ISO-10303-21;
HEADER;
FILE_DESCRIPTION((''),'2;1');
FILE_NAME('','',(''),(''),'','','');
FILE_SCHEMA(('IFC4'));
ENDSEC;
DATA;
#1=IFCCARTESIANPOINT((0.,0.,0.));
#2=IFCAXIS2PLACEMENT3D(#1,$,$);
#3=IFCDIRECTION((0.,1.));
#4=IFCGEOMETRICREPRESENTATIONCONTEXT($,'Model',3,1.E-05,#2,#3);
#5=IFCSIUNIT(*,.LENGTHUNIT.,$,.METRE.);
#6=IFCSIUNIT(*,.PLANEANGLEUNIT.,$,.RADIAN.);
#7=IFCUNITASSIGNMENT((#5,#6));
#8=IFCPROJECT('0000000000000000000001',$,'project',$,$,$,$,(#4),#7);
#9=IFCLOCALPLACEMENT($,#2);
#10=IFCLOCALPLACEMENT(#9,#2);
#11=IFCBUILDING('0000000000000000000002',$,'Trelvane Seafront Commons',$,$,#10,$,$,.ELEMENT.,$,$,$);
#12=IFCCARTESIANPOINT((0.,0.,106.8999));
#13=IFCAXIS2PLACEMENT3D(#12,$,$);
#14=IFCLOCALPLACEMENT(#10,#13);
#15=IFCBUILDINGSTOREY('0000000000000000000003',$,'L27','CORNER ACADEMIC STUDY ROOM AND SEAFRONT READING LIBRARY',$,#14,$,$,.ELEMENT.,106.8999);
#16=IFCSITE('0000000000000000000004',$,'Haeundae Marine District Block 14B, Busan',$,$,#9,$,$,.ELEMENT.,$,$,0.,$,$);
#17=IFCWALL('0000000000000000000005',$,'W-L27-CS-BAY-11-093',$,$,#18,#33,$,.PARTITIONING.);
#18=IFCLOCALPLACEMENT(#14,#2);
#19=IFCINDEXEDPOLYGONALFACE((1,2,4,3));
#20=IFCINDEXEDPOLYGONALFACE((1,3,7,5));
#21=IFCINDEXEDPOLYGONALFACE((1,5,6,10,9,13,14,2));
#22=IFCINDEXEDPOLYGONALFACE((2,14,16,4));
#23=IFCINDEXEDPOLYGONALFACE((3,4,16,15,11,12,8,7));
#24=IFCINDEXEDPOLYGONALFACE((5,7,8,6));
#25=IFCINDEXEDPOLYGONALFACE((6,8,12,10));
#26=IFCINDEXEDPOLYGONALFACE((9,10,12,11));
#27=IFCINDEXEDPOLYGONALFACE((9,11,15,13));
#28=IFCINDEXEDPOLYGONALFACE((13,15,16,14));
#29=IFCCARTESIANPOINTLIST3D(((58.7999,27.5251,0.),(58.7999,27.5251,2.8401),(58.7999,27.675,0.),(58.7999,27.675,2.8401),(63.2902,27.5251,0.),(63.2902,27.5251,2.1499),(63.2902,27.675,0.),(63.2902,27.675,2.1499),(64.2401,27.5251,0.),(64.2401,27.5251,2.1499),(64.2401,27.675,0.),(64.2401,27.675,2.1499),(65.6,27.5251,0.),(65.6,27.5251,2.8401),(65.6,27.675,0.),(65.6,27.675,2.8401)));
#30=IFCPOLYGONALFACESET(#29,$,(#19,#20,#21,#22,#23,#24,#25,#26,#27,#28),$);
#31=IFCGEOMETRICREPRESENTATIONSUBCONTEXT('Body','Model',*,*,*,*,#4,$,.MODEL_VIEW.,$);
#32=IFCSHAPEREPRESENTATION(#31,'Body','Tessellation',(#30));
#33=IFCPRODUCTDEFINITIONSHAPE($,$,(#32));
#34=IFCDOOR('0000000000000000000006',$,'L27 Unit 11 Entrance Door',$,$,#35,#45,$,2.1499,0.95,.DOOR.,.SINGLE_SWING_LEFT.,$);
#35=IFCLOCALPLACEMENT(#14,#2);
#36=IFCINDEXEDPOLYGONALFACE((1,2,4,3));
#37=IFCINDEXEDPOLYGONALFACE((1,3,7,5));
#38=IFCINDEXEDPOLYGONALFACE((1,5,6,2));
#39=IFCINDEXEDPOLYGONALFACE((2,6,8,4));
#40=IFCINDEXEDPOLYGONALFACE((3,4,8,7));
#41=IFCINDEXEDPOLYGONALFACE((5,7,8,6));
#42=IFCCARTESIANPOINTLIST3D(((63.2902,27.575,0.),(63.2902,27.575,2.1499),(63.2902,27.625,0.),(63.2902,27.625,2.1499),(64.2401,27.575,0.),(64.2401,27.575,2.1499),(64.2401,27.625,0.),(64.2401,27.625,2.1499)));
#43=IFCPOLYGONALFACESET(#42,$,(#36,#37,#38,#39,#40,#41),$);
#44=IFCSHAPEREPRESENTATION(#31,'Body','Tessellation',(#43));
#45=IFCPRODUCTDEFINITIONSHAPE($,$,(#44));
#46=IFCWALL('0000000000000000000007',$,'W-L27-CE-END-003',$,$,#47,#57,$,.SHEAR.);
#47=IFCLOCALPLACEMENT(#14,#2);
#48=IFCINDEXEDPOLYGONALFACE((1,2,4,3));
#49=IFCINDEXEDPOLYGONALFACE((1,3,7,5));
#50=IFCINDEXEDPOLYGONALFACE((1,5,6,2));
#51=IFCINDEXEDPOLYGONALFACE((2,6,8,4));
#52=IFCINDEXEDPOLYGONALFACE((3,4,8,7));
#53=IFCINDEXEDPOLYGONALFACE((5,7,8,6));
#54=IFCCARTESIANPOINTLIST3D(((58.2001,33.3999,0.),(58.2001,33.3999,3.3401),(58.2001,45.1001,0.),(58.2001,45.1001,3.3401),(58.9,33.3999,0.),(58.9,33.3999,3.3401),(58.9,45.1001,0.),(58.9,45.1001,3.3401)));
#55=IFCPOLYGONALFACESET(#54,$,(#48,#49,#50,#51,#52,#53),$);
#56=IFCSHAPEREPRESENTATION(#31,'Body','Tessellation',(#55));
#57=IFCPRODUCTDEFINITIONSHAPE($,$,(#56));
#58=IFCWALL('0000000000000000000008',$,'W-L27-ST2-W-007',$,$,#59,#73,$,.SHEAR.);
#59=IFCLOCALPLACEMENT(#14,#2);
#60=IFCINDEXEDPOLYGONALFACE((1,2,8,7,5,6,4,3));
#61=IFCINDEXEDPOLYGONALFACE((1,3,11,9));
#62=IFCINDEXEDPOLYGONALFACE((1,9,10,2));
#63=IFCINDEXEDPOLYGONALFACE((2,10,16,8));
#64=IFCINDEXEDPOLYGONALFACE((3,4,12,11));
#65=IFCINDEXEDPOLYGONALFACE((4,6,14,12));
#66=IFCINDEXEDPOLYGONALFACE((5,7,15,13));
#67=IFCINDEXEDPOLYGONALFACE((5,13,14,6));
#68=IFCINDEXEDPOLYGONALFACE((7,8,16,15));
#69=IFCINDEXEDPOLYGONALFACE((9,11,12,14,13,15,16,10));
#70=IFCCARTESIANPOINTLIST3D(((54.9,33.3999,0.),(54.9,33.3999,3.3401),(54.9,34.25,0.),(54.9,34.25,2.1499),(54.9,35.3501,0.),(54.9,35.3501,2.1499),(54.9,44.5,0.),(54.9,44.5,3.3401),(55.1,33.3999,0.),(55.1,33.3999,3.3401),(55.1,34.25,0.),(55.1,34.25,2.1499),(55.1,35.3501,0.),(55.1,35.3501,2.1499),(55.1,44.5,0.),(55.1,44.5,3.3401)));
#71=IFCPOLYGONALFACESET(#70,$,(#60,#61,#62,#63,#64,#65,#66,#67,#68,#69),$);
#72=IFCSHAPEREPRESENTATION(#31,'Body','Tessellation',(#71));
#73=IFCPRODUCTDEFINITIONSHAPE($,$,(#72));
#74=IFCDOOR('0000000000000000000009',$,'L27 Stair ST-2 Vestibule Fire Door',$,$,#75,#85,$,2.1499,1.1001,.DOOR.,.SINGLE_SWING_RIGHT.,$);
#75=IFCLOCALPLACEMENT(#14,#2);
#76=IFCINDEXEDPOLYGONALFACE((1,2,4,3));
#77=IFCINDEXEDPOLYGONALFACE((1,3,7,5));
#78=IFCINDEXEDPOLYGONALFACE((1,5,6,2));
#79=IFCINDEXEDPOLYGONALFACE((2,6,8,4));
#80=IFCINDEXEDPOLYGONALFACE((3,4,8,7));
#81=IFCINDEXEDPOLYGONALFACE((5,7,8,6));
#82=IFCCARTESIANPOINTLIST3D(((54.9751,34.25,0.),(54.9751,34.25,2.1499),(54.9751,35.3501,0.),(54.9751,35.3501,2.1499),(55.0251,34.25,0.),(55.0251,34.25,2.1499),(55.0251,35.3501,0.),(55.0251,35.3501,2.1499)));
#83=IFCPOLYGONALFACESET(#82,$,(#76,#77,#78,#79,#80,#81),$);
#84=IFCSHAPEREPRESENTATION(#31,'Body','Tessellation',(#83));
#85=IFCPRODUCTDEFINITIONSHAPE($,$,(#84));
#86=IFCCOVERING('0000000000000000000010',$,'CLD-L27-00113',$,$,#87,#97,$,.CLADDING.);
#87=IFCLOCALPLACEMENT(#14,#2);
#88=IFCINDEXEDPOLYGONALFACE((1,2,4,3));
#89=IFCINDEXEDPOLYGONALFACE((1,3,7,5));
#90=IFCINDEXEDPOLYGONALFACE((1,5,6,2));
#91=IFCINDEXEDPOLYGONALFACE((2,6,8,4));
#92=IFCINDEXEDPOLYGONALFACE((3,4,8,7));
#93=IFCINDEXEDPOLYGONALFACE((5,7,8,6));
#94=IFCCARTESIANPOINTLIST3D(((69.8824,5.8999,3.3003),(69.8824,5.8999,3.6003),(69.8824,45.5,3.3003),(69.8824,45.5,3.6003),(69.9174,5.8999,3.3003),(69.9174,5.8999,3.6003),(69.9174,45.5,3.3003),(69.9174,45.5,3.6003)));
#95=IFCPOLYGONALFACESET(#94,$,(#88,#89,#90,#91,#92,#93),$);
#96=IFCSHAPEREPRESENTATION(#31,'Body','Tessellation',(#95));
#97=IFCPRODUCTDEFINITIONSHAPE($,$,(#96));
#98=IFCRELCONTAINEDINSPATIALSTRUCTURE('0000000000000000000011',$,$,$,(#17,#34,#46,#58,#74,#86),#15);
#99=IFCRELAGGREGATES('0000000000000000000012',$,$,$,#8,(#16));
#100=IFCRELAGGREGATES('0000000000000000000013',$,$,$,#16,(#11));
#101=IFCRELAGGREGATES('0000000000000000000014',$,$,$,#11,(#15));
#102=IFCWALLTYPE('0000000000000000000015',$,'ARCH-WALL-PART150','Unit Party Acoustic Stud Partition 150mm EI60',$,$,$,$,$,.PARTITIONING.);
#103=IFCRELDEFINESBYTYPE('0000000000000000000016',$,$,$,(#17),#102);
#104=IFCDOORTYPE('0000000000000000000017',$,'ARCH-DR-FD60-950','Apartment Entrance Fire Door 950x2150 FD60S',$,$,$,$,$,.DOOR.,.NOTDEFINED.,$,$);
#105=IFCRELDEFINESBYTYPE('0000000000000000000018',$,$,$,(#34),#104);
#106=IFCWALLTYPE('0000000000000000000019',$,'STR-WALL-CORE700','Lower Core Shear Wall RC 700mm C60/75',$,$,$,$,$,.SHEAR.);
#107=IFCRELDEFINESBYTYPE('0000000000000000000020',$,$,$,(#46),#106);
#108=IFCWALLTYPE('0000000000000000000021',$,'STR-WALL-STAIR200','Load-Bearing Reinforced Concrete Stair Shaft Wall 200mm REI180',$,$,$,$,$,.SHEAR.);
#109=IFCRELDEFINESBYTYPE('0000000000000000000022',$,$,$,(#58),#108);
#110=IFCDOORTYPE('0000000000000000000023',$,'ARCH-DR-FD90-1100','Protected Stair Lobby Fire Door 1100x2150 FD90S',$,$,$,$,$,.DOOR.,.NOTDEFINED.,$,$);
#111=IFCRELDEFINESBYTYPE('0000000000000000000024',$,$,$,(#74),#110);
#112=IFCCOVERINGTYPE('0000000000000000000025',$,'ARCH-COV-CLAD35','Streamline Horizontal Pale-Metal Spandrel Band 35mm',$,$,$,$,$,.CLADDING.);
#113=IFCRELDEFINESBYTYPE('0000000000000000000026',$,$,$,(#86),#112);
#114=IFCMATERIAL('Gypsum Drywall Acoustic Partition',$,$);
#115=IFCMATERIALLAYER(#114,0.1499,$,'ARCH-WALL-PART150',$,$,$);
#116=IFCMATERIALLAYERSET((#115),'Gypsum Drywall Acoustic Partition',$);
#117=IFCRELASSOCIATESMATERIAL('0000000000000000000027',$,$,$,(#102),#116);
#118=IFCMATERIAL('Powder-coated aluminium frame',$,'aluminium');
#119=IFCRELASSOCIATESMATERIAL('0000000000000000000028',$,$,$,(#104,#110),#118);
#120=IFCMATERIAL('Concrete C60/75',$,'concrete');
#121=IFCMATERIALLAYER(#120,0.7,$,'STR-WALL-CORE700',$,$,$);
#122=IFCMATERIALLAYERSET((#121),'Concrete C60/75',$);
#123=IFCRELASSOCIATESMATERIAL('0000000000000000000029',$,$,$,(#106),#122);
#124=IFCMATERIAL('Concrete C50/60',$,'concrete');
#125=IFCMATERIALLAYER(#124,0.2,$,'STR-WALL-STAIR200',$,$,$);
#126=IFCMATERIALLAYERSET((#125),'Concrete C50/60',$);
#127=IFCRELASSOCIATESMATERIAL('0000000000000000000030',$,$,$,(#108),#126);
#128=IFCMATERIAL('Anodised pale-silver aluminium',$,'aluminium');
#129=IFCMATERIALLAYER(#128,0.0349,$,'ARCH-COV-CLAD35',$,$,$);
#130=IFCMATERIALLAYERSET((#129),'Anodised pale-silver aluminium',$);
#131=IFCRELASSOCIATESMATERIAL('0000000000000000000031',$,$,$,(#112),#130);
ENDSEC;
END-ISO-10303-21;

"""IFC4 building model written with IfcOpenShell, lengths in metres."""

from ifc_helpers import new_model, si_unit, direction, frame, frame_2d, origin, origin_2d, place, context, subcontext, project, spatial, rectangle, extrude, source, transform, mapped, material, layer, layer_set, type_object, element, fill, save


model = new_model("IFC4")

# Units and contexts
model_context = context("Model", 3, precision=1e-05, world=origin(), true_north=direction((0.0, 1.0)))
body_context = subcontext(model_context, "Body", "Model", "MODEL_VIEW")
ifc_project = project(units=[si_unit("LENGTHUNIT", "METRE"), si_unit("PLANEANGLEUNIT", "RADIAN")], contexts=[model_context])

# Site, building, storey
site_placement = place(None, origin())
site = spatial("IfcSite", under=ifc_project, at=site_placement, Name="Haeundae Marine District Block 14B, Busan", CompositionType="ELEMENT", RefElevation=0.0)
building_placement = place(site_placement, origin())
building = spatial("IfcBuilding", under=site, at=building_placement, Name="Trelvane Seafront Commons", CompositionType="ELEMENT")
storey_placement = place(building_placement, frame((0.0, 0.0, 106.8999)))
storey = spatial("IfcBuildingStorey", under=building, at=storey_placement, Name="L27", Description="CORNER ACADEMIC STUDY ROOM AND SEAFRONT READING LIBRARY", CompositionType="ELEMENT", Elevation=106.8999)

# Shared definitions
ifc_material_1 = material(Name="Gypsum Drywall Acoustic Partition")
shared_shape_1 = source(origin(), body_context, "Body", "SweptSolid", [
    extrude(rectangle(XDim=0.95, YDim=2.1499, at=frame_2d((0.4751, 1.075))), frame((0.0, 0.0249, 0.0), z_axis=(0.0, -1.0, 0.0), x_axis=(1.0, 0.0, 0.0)), (0.0, 0.0, 1.0), 0.05),
])

# Wall, opening, door
ifc_layer_1 = layer(ifc_material_1, 0.1499, Name="ARCH-WALL-PART150")
ifc_layer_set_1 = layer_set([ifc_layer_1], Name="Gypsum Drywall Acoustic Partition")
wall_type_1 = type_object("IfcWallType", Name="ARCH-WALL-PART150", Description="Unit Party Acoustic Stud Partition 150mm EI60", PredefinedType="PARTITIONING", material=ifc_layer_set_1)
ifc_material_2 = material(Name="Powder-coated aluminium frame", Category="aluminium")
door_type_1 = type_object("IfcDoorType", Name="ARCH-DR-FD60-950", Description="Apartment Entrance Fire Door 950x2150 FD60S", OperationType="NOTDEFINED", PredefinedType="DOOR", material=ifc_material_2)
wall_1_placement = place(storey_placement, frame((58.8, 27.6001, 0.0), z_axis=(0.0, 0.0, 1.0), x_axis=(1.0, 0.0, 0.0)))
wall_1 = element("IfcWall", 1, at=wall_1_placement, inside=storey, type_object=wall_type_1, Name="W-L27-CS-BAY-11-093", PredefinedType="PARTITIONING", context=body_context, shape_type="SweptSolid", body=[
    extrude(rectangle(XDim=6.8, YDim=0.1499, at=frame_2d((3.3999, 0.0))), origin(), (0.0, 0.0, 1.0), 2.8401),
])
opening_1_placement = place(wall_1_placement, frame((4.49, 0.0, 0.0)))
opening_1 = element("IfcOpeningElement", 2, at=opening_1_placement, cuts=wall_1, PredefinedType="OPENING", context=body_context, shape_type="SweptSolid", body=[
    extrude(rectangle(XDim=0.95, YDim=2.1499, at=frame_2d((0.4751, 1.075))), frame((0.0, 0.085, 0.0), z_axis=(0.0, -1.0, 0.0), x_axis=(1.0, 0.0, 0.0)), (0.0, 0.0, 1.0), 0.1699),
])
door_1_placement = place(opening_1_placement, origin())
door_1 = element("IfcDoor", 3, at=door_1_placement, inside=storey, type_object=door_type_1, Name="L27 Unit 11 Entrance Door", OperationType="SINGLE_SWING_LEFT", OverallHeight=2.1499, OverallWidth=0.95, PredefinedType="DOOR", context=body_context, shape_type="MappedRepresentation", body=[
    mapped(shared_shape_1, transform((0.0, 0.0, 0.0), x_axis=(1.0, 0.0, 0.0), y_axis=(0.0, 1.0, 0.0), z_axis=(0.0, 0.0, 1.0), scale=1.0)),
])
fill(opening_1, door_1)

# Wall
ifc_material_3 = material(Name="Concrete C60/75", Category="concrete")
ifc_layer_2 = layer(ifc_material_3, 0.7, Name="STR-WALL-CORE700")
ifc_layer_set_2 = layer_set([ifc_layer_2], Name="Concrete C60/75")
wall_type_2 = type_object("IfcWallType", Name="STR-WALL-CORE700", Description="Lower Core Shear Wall RC 700mm C60/75", PredefinedType="SHEAR", material=ifc_layer_set_2)
wall_2_placement = place(storey_placement, frame((58.55, 33.3999, 0.0), z_axis=(0.0, 0.0, 1.0), x_axis=(0.0, 1.0, 0.0)))
element("IfcWall", 4, at=wall_2_placement, inside=storey, type_object=wall_type_2, Name="W-L27-CE-END-003", PredefinedType="SHEAR", context=body_context, shape_type="SweptSolid", body=[
    extrude(rectangle(XDim=11.7002, YDim=0.7, at=frame_2d((5.8501, 0.0))), origin(), (0.0, 0.0, 1.0), 3.3401),
])

# Wall, opening, door
ifc_material_4 = material(Name="Concrete C50/60", Category="concrete")
ifc_layer_3 = layer(ifc_material_4, 0.2, Name="STR-WALL-STAIR200")
ifc_layer_set_3 = layer_set([ifc_layer_3], Name="Concrete C50/60")
wall_type_3 = type_object("IfcWallType", Name="STR-WALL-STAIR200", Description="Load-Bearing Reinforced Concrete Stair Shaft Wall 200mm REI180", PredefinedType="SHEAR", material=ifc_layer_set_3)
wall_3_placement = place(storey_placement, frame((55.0, 33.3999, 0.0), z_axis=(0.0, 0.0, 1.0), x_axis=(0.0, 1.0, 0.0)))
wall_3 = element("IfcWall", 5, at=wall_3_placement, inside=storey, type_object=wall_type_3, Name="W-L27-ST2-W-007", PredefinedType="SHEAR", context=body_context, shape_type="SweptSolid", body=[
    extrude(rectangle(XDim=11.1001, YDim=0.2, at=frame_2d((5.55, 0.0))), origin(), (0.0, 0.0, 1.0), 3.3401),
])
opening_2_placement = place(wall_3_placement, frame((0.8501, 0.0, 0.0)))
opening_2 = element("IfcOpeningElement", 6, at=opening_2_placement, cuts=wall_3, PredefinedType="OPENING", context=body_context, shape_type="SweptSolid", body=[
    extrude(rectangle(XDim=1.1001, YDim=2.1499, at=frame_2d((0.55, 1.075))), frame((0.0, 0.1099, 0.0), z_axis=(0.0, -1.0, 0.0), x_axis=(1.0, 0.0, 0.0)), (0.0, 0.0, 1.0), 0.22),
])
door_type_2 = type_object("IfcDoorType", Name="ARCH-DR-FD90-1100", Description="Protected Stair Lobby Fire Door 1100x2150 FD90S", OperationType="NOTDEFINED", PredefinedType="DOOR", material=ifc_material_2)
shared_shape_2 = source(origin(), body_context, "Body", "SweptSolid", [
    extrude(rectangle(XDim=1.1001, YDim=2.1499, at=frame_2d((0.55, 1.075))), frame((0.0, 0.0249, 0.0), z_axis=(0.0, -1.0, 0.0), x_axis=(1.0, 0.0, 0.0)), (0.0, 0.0, 1.0), 0.05),
])
door_2_placement = place(opening_2_placement, origin())
door_2 = element("IfcDoor", 7, at=door_2_placement, inside=storey, type_object=door_type_2, Name="L27 Stair ST-2 Vestibule Fire Door", OperationType="SINGLE_SWING_RIGHT", OverallHeight=2.1499, OverallWidth=1.1001, PredefinedType="DOOR", context=body_context, shape_type="MappedRepresentation", body=[
    mapped(shared_shape_2, transform((0.0, 0.0, 0.0), x_axis=(1.0, 0.0, 0.0), y_axis=(0.0, 1.0, 0.0), z_axis=(0.0, 0.0, 1.0), scale=1.0)),
])
fill(opening_2, door_2)

# Covering
ifc_material_5 = material(Name="Anodised pale-silver aluminium", Category="aluminium")
ifc_layer_4 = layer(ifc_material_5, 0.0349, Name="ARCH-COV-CLAD35")
ifc_layer_set_4 = layer_set([ifc_layer_4], Name="Anodised pale-silver aluminium")
covering_type = type_object("IfcCoveringType", Name="ARCH-COV-CLAD35", Description="Streamline Horizontal Pale-Metal Spandrel Band 35mm", PredefinedType="CLADDING", material=ifc_layer_set_4)
shared_shape_3 = source(origin(), body_context, "Body", "SweptSolid", [
    extrude(rectangle(XDim=39.6001, YDim=0.0349, at=origin_2d()), origin(), (0.0, 0.0, 1.0), 0.3),
])
covering_placement = place(storey_placement, frame((69.8999, 25.7, 3.3003), z_axis=(0.0, 0.0, 1.0), x_axis=(0.0, -1.0, 0.0)))
element("IfcCovering", 8, at=covering_placement, inside=storey, type_object=covering_type, Name="CLD-L27-00113", PredefinedType="CLADDING", context=body_context, shape_type="MappedRepresentation", body=[
    mapped(shared_shape_3, transform((0.0, 0.0, 0.0), x_axis=(1.0, 0.0, 0.0), y_axis=(0.0, 1.0, 0.0), z_axis=(0.0, 0.0, 1.0), scale=1.0)),
])

save(model, "model.ifc")
